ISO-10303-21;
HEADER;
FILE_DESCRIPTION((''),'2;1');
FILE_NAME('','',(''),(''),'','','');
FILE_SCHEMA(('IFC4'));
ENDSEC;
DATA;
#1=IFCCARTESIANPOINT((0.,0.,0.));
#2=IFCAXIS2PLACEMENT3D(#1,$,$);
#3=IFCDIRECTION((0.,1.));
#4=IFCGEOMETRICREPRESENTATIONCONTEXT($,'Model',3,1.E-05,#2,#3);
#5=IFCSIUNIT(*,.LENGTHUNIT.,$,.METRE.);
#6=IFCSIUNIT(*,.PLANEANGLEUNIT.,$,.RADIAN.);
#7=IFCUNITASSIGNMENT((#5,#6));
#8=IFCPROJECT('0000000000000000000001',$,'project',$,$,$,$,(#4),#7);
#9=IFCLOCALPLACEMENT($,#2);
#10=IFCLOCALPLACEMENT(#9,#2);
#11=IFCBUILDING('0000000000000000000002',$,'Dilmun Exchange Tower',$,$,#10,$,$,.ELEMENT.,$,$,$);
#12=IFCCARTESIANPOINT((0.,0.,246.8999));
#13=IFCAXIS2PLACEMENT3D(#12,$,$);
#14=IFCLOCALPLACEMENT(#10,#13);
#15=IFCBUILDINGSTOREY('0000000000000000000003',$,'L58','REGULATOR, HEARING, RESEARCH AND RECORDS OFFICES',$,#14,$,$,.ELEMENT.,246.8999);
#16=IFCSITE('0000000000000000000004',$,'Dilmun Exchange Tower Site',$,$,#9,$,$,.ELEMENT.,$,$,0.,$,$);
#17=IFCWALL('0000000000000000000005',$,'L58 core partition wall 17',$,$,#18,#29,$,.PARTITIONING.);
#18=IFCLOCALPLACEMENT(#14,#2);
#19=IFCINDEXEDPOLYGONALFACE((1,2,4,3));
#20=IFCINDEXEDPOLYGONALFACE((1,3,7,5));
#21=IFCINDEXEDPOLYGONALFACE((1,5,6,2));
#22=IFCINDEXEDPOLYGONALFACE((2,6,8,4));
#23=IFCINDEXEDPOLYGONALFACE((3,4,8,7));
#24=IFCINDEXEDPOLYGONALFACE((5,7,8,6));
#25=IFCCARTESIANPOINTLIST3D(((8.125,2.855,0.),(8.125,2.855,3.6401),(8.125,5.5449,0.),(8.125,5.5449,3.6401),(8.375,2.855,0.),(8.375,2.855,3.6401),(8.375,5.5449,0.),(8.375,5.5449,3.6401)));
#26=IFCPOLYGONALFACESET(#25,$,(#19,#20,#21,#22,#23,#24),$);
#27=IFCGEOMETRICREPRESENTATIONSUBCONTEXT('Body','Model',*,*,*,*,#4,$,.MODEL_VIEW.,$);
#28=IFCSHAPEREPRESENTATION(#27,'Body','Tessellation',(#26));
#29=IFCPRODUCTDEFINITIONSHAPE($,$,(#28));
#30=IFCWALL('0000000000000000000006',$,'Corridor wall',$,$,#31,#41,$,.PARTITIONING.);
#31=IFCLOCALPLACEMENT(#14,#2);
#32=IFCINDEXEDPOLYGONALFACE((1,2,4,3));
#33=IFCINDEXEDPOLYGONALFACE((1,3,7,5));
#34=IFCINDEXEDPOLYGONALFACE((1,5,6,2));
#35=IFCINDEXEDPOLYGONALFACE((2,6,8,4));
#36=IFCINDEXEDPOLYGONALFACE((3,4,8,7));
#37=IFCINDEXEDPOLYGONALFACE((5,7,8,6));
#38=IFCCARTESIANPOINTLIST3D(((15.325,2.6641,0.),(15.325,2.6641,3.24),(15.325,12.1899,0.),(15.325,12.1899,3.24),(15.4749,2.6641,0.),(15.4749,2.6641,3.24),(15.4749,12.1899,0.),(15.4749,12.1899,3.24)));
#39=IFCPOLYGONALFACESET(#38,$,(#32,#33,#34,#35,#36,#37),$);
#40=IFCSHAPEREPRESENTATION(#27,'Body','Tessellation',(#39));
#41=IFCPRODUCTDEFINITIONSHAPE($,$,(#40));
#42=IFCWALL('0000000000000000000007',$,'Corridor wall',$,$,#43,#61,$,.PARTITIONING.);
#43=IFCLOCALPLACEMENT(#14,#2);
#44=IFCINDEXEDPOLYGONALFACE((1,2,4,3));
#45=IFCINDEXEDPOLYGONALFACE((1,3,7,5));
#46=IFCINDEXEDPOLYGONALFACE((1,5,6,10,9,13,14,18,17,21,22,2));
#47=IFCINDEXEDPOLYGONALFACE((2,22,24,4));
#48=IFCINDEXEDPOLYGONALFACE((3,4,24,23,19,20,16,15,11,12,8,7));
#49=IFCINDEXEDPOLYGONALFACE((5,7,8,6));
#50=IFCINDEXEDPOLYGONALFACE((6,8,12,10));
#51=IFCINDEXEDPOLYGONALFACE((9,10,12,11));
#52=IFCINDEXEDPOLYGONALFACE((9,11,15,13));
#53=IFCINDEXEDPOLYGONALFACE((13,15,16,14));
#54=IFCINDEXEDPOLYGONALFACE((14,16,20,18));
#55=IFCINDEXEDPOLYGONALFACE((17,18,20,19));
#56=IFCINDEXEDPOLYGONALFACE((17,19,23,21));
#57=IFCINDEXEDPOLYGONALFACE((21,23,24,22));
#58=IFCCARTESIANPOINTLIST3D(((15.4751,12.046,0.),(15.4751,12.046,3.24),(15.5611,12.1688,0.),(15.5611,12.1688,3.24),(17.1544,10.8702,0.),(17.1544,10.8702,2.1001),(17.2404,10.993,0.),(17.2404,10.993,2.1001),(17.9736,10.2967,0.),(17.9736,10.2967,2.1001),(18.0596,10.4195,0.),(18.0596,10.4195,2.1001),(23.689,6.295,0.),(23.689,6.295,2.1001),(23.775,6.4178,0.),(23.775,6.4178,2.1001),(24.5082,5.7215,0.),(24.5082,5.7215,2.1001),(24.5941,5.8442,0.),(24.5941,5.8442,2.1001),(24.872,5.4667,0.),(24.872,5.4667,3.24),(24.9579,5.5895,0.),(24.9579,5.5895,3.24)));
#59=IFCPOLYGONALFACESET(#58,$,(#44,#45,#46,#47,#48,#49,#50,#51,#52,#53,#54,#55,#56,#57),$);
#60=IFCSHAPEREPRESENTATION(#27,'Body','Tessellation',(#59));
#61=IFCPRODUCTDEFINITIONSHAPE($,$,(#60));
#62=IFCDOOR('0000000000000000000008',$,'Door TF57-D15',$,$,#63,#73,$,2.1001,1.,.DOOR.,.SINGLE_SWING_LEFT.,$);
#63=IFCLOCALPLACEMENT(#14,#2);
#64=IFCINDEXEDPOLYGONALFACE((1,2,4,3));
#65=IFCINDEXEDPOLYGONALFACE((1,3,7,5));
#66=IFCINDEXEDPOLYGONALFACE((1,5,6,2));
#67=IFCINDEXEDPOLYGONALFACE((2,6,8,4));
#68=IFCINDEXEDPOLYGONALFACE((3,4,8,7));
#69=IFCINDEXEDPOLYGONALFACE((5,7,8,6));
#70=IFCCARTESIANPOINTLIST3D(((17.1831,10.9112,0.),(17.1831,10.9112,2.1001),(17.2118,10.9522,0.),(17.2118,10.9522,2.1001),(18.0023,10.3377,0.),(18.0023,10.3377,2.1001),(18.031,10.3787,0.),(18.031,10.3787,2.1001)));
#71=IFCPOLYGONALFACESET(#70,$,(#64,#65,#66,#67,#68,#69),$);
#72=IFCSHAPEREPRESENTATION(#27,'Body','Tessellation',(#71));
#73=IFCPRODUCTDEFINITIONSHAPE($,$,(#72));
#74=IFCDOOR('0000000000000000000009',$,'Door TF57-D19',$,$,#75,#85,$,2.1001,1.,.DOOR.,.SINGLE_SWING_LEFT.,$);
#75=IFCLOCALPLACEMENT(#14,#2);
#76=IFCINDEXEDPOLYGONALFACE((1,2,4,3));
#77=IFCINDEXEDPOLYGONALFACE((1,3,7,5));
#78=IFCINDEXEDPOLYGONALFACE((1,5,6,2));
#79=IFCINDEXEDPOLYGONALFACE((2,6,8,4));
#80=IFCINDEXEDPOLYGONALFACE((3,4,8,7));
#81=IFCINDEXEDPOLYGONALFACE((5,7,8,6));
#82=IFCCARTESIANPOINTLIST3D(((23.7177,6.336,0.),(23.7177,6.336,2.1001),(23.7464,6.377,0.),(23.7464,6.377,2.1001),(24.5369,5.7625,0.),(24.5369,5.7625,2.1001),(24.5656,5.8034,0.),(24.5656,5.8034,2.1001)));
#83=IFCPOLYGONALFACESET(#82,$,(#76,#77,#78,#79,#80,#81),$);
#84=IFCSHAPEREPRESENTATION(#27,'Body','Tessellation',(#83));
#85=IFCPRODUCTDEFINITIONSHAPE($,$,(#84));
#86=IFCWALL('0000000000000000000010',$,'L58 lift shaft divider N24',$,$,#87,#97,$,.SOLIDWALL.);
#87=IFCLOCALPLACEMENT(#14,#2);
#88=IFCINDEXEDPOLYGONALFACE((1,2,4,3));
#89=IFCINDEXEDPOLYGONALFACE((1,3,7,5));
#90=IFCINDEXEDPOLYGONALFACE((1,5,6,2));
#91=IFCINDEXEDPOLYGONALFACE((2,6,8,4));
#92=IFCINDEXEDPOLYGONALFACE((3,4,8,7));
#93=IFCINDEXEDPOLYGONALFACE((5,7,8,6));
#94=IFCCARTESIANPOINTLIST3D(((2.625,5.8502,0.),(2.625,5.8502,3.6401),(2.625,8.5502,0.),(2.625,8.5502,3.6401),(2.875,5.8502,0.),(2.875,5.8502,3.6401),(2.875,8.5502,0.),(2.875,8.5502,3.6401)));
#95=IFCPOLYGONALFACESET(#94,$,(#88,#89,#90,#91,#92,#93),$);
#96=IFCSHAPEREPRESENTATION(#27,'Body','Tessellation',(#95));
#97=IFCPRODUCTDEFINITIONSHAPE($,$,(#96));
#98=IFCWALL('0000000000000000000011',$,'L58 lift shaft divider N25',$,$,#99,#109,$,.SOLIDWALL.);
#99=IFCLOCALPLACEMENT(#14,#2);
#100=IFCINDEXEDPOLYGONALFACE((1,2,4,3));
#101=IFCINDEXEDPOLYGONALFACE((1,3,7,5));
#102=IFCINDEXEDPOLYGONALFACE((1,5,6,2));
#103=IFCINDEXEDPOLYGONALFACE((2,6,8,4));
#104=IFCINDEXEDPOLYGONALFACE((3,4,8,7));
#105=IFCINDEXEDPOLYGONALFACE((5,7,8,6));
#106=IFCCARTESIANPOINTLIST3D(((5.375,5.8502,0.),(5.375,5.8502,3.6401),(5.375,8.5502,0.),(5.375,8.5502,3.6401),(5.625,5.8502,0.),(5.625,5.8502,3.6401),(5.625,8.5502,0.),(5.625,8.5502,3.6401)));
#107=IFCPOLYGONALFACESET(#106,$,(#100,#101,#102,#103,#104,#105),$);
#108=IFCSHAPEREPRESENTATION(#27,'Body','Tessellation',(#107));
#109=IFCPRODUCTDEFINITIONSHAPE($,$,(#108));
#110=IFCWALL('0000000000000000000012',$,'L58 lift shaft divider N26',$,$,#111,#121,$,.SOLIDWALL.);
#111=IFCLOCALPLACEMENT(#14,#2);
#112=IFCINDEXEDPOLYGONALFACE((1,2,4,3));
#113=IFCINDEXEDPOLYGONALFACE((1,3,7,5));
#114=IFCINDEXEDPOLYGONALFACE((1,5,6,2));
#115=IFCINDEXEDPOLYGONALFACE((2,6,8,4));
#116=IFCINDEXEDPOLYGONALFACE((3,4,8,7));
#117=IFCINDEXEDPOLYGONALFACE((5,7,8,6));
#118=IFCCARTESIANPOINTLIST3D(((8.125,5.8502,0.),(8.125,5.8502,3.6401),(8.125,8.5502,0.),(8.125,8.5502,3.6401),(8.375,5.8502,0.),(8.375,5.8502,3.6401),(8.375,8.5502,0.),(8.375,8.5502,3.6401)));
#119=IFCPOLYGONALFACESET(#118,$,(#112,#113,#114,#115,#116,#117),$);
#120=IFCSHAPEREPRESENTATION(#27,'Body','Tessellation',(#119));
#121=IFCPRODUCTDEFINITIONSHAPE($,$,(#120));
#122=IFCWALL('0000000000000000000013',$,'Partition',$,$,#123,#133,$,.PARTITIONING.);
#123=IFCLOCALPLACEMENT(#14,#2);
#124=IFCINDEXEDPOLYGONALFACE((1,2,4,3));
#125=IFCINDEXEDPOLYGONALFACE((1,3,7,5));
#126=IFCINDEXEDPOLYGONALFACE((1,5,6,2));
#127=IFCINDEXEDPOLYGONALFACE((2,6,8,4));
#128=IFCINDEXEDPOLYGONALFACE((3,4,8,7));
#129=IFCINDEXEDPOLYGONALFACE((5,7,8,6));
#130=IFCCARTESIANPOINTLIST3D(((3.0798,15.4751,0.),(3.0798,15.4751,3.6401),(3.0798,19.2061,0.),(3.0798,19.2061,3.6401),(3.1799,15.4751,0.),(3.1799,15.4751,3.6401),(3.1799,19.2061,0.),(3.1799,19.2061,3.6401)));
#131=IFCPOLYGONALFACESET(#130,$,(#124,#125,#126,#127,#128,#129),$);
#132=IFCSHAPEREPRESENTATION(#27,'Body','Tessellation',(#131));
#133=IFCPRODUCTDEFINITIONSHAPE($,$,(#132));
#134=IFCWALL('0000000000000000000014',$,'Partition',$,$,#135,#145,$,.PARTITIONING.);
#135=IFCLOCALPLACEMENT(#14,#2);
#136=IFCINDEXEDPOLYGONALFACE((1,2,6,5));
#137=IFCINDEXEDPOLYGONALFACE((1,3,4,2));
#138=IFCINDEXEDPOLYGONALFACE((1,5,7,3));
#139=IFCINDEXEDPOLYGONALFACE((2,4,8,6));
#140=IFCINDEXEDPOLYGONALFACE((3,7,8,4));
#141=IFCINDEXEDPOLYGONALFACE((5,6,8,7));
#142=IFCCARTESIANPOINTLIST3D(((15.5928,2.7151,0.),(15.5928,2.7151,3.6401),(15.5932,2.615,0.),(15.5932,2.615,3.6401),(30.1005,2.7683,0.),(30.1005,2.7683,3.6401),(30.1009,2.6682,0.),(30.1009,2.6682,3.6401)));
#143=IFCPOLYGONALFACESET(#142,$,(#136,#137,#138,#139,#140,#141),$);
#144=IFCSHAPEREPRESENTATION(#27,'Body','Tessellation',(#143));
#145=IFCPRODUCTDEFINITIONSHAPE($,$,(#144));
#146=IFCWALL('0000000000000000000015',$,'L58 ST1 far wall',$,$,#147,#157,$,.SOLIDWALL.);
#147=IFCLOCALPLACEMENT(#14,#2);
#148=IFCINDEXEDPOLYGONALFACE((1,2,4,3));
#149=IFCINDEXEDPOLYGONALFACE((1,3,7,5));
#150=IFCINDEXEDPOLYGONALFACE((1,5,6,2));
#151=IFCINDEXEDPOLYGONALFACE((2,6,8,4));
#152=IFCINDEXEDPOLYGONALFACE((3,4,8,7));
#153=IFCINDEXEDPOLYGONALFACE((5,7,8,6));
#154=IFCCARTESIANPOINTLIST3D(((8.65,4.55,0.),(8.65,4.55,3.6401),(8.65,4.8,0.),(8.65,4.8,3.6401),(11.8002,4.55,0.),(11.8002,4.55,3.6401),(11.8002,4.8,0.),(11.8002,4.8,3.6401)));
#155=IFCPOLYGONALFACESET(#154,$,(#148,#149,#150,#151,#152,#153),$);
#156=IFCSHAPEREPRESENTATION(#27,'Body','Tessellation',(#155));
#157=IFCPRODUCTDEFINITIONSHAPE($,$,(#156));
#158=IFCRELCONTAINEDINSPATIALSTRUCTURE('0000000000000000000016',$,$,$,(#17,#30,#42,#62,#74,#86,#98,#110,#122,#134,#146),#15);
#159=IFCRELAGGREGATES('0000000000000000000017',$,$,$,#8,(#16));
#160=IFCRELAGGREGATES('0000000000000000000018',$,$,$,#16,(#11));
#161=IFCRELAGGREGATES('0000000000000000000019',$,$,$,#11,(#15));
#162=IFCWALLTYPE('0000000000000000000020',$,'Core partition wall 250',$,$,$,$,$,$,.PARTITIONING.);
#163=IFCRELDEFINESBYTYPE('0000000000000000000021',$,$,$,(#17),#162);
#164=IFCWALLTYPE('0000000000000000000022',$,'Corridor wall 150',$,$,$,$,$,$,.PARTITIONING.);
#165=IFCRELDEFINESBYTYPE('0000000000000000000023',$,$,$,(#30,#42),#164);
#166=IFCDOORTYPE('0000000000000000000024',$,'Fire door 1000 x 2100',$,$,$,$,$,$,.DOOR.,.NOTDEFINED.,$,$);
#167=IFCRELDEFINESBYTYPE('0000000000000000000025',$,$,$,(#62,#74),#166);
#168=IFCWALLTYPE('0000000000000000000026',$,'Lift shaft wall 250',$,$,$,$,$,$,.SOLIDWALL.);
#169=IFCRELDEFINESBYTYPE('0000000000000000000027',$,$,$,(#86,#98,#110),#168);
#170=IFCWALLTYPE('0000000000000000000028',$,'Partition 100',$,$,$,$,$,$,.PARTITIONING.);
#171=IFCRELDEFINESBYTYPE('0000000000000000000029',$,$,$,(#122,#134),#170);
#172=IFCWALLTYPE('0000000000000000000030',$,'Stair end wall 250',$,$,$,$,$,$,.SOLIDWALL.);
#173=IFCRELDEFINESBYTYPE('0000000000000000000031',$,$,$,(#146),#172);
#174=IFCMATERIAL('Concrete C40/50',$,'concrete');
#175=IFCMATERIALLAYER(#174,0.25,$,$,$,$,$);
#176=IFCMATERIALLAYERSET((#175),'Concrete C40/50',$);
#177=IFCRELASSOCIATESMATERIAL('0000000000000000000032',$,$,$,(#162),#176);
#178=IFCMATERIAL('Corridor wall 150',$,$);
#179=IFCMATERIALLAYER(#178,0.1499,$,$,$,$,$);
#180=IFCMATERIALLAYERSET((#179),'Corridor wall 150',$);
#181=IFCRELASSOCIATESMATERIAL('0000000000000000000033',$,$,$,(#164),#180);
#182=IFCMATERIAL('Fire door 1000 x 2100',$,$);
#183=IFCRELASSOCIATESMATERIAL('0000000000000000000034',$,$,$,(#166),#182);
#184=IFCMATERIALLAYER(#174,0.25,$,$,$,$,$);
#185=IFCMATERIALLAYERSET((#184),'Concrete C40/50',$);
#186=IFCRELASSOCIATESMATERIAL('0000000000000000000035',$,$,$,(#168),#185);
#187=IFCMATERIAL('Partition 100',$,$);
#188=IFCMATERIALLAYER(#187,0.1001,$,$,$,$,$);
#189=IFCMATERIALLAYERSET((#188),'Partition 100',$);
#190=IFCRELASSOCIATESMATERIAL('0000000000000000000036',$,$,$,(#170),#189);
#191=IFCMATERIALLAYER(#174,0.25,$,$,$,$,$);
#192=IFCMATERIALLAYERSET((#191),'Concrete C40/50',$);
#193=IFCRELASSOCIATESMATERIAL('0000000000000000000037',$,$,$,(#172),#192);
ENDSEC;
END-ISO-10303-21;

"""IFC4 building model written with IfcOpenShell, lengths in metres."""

from ifc_helpers import new_model, si_unit, direction, frame, frame_2d, origin, place, context, subcontext, project, spatial, rectangle, extrude, material, layer, layer_set, type_object, element, fill, save


model = new_model("IFC4")

# Units and contexts
model_context = context("Model", 3, precision=1e-05, world=origin(), true_north=direction((0.0, 1.0)))
body_context = subcontext(model_context, "Body", "Model", "MODEL_VIEW")
ifc_project = project(units=[si_unit("LENGTHUNIT", "METRE"), si_unit("PLANEANGLEUNIT", "RADIAN")], contexts=[model_context])

# Site, building, storey
site_placement = place(None, origin())
site = spatial("IfcSite", under=ifc_project, at=site_placement, Name="Dilmun Exchange Tower Site", CompositionType="ELEMENT", RefElevation=0.0)
building_placement = place(site_placement, origin())
building = spatial("IfcBuilding", under=site, at=building_placement, Name="Dilmun Exchange Tower", CompositionType="ELEMENT")
storey_placement = place(building_placement, frame((0.0, 0.0, 246.8999)))
storey = spatial("IfcBuildingStorey", under=building, at=storey_placement, Name="L58", Description="REGULATOR, HEARING, RESEARCH AND RECORDS OFFICES", CompositionType="ELEMENT", Elevation=246.8999)

# Walls
ifc_material_1 = material(Name="Concrete C40/50", Category="concrete")
ifc_layer_1 = layer(ifc_material_1, 0.25)
ifc_layer_set_1 = layer_set([ifc_layer_1], Name="Concrete C40/50")
wall_type_1 = type_object("IfcWallType", Name="Core partition wall 250", PredefinedType="PARTITIONING", material=ifc_layer_set_1)
wall_1_placement = place(storey_placement, frame((8.25, 2.855, 0.0), z_axis=(0.0, 0.0, 1.0), x_axis=(0.0, 1.0, 0.0)))
element("IfcWall", 1, at=wall_1_placement, inside=storey, type_object=wall_type_1, Name="L58 core partition wall 17", PredefinedType="PARTITIONING", context=body_context, shape_type="SweptSolid", body=[
    extrude(rectangle(XDim=2.6899, YDim=0.25, at=frame_2d((1.345, 0.0))), origin(), (0.0, 0.0, 1.0), 3.6401),
])
ifc_material_2 = material(Name="Corridor wall 150")
ifc_layer_2 = layer(ifc_material_2, 0.1499)
ifc_layer_set_2 = layer_set([ifc_layer_2], Name="Corridor wall 150")
wall_type_2 = type_object("IfcWallType", Name="Corridor wall 150", PredefinedType="PARTITIONING", material=ifc_layer_set_2)
wall_2_placement = place(storey_placement, frame((15.3999, 2.6641, 0.0), z_axis=(0.0, 0.0, 1.0), x_axis=(0.0, 1.0, 0.0)))
element("IfcWall", 2, at=wall_2_placement, inside=storey, type_object=wall_type_2, Name="Corridor wall", PredefinedType="PARTITIONING", context=body_context, shape_type="SweptSolid", body=[
    extrude(rectangle(XDim=9.5259, YDim=0.1499, at=frame_2d((4.7629, 0.0))), origin(), (0.0, 0.0, 1.0), 3.24),
])

# Wall, openings, doors
wall_3_placement = place(storey_placement, frame((15.5181, 12.1074, 0.0), z_axis=(0.0, 0.0, 1.0), x_axis=(0.819172, -0.573548, 0.0)))
wall_3 = element("IfcWall", 3, at=wall_3_placement, inside=storey, type_object=wall_type_2, Name="Corridor wall", PredefinedType="PARTITIONING", context=body_context, shape_type="SweptSolid", body=[
    extrude(rectangle(XDim=11.4712, YDim=0.1499, at=frame_2d((5.7356, 0.0))), origin(), (0.0, 0.0, 1.0), 3.24),
])
opening_1_placement = place(wall_3_placement, frame((2.05, 0.0, 0.0)))
opening_1 = element("IfcOpeningElement", 4, at=opening_1_placement, cuts=wall_3, PredefinedType="OPENING", context=body_context, shape_type="SweptSolid", body=[
    extrude(rectangle(XDim=1.0, YDim=2.1001, at=frame_2d((0.5, 1.05))), frame((0.0, 0.085, 0.0), z_axis=(0.0, -1.0, 0.0), x_axis=(1.0, 0.0, 0.0)), (0.0, 0.0, 1.0), 0.1699),
])
opening_2_placement = place(wall_3_placement, frame((10.0271, 0.0, 0.0)))
opening_2 = element("IfcOpeningElement", 5, at=opening_2_placement, cuts=wall_3, PredefinedType="OPENING", context=body_context, shape_type="SweptSolid", body=[
    extrude(rectangle(XDim=1.0, YDim=2.1001, at=frame_2d((0.5, 1.05))), frame((0.0, 0.085, 0.0), z_axis=(0.0, -1.0, 0.0), x_axis=(1.0, 0.0, 0.0)), (0.0, 0.0, 1.0), 0.1699),
])
ifc_material_3 = material(Name="Fire door 1000 x 2100")
door_type_1 = type_object("IfcDoorType", Name="Fire door 1000 x 2100", OperationType="NOTDEFINED", PredefinedType="DOOR", material=ifc_material_3)
door_1_placement = place(opening_1_placement, frame((1.0, 0.0, 0.0), z_axis=(0.0, 0.0, 1.0), x_axis=(-1.0, 0.0, 0.0)))
door_1 = element("IfcDoor", 6, at=door_1_placement, inside=storey, type_object=door_type_1, Name="Door TF57-D15", OperationType="SINGLE_SWING_LEFT", OverallHeight=2.1001, OverallWidth=1.0, PredefinedType="DOOR", context=body_context, shape_type="SweptSolid", body=[
    extrude(rectangle(XDim=1.0, YDim=2.1001, at=frame_2d((0.5, 1.05))), frame((0.0, 0.0249, 0.0), z_axis=(0.0, -1.0, 0.0), x_axis=(1.0, 0.0, 0.0)), (0.0, 0.0, 1.0), 0.05),
])
fill(opening_1, door_1)
door_2_placement = place(opening_2_placement, frame((1.0, 0.0, 0.0), z_axis=(0.0, 0.0, 1.0), x_axis=(-1.0, 0.0, 0.0)))
door_2 = element("IfcDoor", 7, at=door_2_placement, inside=storey, type_object=door_type_1, Name="Door TF57-D19", OperationType="SINGLE_SWING_LEFT", OverallHeight=2.1001, OverallWidth=1.0, PredefinedType="DOOR", context=body_context, shape_type="SweptSolid", body=[
    extrude(rectangle(XDim=1.0, YDim=2.1001, at=frame_2d((0.5, 1.05))), frame((0.0, 0.0249, 0.0), z_axis=(0.0, -1.0, 0.0), x_axis=(1.0, 0.0, 0.0)), (0.0, 0.0, 1.0), 0.05),
])
fill(opening_2, door_2)

# Walls
ifc_layer_3 = layer(ifc_material_1, 0.25)
ifc_layer_set_3 = layer_set([ifc_layer_3], Name="Concrete C40/50")
wall_type_3 = type_object("IfcWallType", Name="Lift shaft wall 250", PredefinedType="SOLIDWALL", material=ifc_layer_set_3)
for number, where, z_axis, x_axis, name in (
    (8, (2.75, 5.8501, 0.0), (0.0, 0.0, 1.0), (0.0, 1.0, 0.0), "L58 lift shaft divider N24"),
    (9, (5.5, 5.8501, 0.0), (0.0, 0.0, 1.0), (0.0, 1.0, 0.0), "L58 lift shaft divider N25"),
    (10, (8.25, 5.8501, 0.0), (0.0, 0.0, 1.0), (0.0, 1.0, 0.0), "L58 lift shaft divider N26"),
):
    element("IfcWall", number, at=place(storey_placement, frame(where, z_axis=z_axis, x_axis=x_axis)), inside=storey, type_object=wall_type_3, Name=name, PredefinedType="SOLIDWALL", context=body_context, shape_type="SweptSolid", body=[
        extrude(rectangle(XDim=2.7, YDim=0.25, at=frame_2d((1.3501, 0.0))), origin(), (0.0, 0.0, 1.0), 3.6401),
    ])
ifc_material_4 = material(Name="Partition 100")
ifc_layer_4 = layer(ifc_material_4, 0.1001)
ifc_layer_set_4 = layer_set([ifc_layer_4], Name="Partition 100")
wall_type_4 = type_object("IfcWallType", Name="Partition 100", PredefinedType="PARTITIONING", material=ifc_layer_set_4)
wall_4_placement = place(storey_placement, frame((3.1299, 15.4751, 0.0), z_axis=(0.0, 0.0, 1.0), x_axis=(0.0, 1.0, 0.0)))
element("IfcWall", 11, at=wall_4_placement, inside=storey, type_object=wall_type_4, Name="Partition", PredefinedType="PARTITIONING", context=body_context, shape_type="SweptSolid", body=[
    extrude(rectangle(XDim=3.731, YDim=0.1001, at=frame_2d((1.8655, 0.0))), origin(), (0.0, 0.0, 1.0), 3.6401),
])
wall_5_placement = place(storey_placement, frame((15.593, 2.665, 0.0), z_axis=(0.0, 0.0, 1.0), x_axis=(0.999993, 0.003669, 0.0)))
element("IfcWall", 12, at=wall_5_placement, inside=storey, type_object=wall_type_4, Name="Partition", PredefinedType="PARTITIONING", context=body_context, shape_type="SweptSolid", body=[
    extrude(rectangle(XDim=14.5078, YDim=0.1001, at=frame_2d((7.2539, 0.0))), origin(), (0.0, 0.0, 1.0), 3.6401),
])
ifc_layer_5 = layer(ifc_material_1, 0.25)
ifc_layer_set_5 = layer_set([ifc_layer_5], Name="Concrete C40/50")
wall_type_5 = type_object("IfcWallType", Name="Stair end wall 250", PredefinedType="SOLIDWALL", material=ifc_layer_set_5)
wall_6_placement = place(storey_placement, frame((8.6499, 4.675, 0.0), z_axis=(0.0, 0.0, 1.0), x_axis=(1.0, 0.0, 0.0)))
element("IfcWall", 13, at=wall_6_placement, inside=storey, type_object=wall_type_5, Name="L58 ST1 far wall", PredefinedType="SOLIDWALL", context=body_context, shape_type="SweptSolid", body=[
    extrude(rectangle(XDim=3.1501, YDim=0.25, at=frame_2d((1.5752, 0.0))), origin(), (0.0, 0.0, 1.0), 3.6401),
])

save(model, "model.ifc")
